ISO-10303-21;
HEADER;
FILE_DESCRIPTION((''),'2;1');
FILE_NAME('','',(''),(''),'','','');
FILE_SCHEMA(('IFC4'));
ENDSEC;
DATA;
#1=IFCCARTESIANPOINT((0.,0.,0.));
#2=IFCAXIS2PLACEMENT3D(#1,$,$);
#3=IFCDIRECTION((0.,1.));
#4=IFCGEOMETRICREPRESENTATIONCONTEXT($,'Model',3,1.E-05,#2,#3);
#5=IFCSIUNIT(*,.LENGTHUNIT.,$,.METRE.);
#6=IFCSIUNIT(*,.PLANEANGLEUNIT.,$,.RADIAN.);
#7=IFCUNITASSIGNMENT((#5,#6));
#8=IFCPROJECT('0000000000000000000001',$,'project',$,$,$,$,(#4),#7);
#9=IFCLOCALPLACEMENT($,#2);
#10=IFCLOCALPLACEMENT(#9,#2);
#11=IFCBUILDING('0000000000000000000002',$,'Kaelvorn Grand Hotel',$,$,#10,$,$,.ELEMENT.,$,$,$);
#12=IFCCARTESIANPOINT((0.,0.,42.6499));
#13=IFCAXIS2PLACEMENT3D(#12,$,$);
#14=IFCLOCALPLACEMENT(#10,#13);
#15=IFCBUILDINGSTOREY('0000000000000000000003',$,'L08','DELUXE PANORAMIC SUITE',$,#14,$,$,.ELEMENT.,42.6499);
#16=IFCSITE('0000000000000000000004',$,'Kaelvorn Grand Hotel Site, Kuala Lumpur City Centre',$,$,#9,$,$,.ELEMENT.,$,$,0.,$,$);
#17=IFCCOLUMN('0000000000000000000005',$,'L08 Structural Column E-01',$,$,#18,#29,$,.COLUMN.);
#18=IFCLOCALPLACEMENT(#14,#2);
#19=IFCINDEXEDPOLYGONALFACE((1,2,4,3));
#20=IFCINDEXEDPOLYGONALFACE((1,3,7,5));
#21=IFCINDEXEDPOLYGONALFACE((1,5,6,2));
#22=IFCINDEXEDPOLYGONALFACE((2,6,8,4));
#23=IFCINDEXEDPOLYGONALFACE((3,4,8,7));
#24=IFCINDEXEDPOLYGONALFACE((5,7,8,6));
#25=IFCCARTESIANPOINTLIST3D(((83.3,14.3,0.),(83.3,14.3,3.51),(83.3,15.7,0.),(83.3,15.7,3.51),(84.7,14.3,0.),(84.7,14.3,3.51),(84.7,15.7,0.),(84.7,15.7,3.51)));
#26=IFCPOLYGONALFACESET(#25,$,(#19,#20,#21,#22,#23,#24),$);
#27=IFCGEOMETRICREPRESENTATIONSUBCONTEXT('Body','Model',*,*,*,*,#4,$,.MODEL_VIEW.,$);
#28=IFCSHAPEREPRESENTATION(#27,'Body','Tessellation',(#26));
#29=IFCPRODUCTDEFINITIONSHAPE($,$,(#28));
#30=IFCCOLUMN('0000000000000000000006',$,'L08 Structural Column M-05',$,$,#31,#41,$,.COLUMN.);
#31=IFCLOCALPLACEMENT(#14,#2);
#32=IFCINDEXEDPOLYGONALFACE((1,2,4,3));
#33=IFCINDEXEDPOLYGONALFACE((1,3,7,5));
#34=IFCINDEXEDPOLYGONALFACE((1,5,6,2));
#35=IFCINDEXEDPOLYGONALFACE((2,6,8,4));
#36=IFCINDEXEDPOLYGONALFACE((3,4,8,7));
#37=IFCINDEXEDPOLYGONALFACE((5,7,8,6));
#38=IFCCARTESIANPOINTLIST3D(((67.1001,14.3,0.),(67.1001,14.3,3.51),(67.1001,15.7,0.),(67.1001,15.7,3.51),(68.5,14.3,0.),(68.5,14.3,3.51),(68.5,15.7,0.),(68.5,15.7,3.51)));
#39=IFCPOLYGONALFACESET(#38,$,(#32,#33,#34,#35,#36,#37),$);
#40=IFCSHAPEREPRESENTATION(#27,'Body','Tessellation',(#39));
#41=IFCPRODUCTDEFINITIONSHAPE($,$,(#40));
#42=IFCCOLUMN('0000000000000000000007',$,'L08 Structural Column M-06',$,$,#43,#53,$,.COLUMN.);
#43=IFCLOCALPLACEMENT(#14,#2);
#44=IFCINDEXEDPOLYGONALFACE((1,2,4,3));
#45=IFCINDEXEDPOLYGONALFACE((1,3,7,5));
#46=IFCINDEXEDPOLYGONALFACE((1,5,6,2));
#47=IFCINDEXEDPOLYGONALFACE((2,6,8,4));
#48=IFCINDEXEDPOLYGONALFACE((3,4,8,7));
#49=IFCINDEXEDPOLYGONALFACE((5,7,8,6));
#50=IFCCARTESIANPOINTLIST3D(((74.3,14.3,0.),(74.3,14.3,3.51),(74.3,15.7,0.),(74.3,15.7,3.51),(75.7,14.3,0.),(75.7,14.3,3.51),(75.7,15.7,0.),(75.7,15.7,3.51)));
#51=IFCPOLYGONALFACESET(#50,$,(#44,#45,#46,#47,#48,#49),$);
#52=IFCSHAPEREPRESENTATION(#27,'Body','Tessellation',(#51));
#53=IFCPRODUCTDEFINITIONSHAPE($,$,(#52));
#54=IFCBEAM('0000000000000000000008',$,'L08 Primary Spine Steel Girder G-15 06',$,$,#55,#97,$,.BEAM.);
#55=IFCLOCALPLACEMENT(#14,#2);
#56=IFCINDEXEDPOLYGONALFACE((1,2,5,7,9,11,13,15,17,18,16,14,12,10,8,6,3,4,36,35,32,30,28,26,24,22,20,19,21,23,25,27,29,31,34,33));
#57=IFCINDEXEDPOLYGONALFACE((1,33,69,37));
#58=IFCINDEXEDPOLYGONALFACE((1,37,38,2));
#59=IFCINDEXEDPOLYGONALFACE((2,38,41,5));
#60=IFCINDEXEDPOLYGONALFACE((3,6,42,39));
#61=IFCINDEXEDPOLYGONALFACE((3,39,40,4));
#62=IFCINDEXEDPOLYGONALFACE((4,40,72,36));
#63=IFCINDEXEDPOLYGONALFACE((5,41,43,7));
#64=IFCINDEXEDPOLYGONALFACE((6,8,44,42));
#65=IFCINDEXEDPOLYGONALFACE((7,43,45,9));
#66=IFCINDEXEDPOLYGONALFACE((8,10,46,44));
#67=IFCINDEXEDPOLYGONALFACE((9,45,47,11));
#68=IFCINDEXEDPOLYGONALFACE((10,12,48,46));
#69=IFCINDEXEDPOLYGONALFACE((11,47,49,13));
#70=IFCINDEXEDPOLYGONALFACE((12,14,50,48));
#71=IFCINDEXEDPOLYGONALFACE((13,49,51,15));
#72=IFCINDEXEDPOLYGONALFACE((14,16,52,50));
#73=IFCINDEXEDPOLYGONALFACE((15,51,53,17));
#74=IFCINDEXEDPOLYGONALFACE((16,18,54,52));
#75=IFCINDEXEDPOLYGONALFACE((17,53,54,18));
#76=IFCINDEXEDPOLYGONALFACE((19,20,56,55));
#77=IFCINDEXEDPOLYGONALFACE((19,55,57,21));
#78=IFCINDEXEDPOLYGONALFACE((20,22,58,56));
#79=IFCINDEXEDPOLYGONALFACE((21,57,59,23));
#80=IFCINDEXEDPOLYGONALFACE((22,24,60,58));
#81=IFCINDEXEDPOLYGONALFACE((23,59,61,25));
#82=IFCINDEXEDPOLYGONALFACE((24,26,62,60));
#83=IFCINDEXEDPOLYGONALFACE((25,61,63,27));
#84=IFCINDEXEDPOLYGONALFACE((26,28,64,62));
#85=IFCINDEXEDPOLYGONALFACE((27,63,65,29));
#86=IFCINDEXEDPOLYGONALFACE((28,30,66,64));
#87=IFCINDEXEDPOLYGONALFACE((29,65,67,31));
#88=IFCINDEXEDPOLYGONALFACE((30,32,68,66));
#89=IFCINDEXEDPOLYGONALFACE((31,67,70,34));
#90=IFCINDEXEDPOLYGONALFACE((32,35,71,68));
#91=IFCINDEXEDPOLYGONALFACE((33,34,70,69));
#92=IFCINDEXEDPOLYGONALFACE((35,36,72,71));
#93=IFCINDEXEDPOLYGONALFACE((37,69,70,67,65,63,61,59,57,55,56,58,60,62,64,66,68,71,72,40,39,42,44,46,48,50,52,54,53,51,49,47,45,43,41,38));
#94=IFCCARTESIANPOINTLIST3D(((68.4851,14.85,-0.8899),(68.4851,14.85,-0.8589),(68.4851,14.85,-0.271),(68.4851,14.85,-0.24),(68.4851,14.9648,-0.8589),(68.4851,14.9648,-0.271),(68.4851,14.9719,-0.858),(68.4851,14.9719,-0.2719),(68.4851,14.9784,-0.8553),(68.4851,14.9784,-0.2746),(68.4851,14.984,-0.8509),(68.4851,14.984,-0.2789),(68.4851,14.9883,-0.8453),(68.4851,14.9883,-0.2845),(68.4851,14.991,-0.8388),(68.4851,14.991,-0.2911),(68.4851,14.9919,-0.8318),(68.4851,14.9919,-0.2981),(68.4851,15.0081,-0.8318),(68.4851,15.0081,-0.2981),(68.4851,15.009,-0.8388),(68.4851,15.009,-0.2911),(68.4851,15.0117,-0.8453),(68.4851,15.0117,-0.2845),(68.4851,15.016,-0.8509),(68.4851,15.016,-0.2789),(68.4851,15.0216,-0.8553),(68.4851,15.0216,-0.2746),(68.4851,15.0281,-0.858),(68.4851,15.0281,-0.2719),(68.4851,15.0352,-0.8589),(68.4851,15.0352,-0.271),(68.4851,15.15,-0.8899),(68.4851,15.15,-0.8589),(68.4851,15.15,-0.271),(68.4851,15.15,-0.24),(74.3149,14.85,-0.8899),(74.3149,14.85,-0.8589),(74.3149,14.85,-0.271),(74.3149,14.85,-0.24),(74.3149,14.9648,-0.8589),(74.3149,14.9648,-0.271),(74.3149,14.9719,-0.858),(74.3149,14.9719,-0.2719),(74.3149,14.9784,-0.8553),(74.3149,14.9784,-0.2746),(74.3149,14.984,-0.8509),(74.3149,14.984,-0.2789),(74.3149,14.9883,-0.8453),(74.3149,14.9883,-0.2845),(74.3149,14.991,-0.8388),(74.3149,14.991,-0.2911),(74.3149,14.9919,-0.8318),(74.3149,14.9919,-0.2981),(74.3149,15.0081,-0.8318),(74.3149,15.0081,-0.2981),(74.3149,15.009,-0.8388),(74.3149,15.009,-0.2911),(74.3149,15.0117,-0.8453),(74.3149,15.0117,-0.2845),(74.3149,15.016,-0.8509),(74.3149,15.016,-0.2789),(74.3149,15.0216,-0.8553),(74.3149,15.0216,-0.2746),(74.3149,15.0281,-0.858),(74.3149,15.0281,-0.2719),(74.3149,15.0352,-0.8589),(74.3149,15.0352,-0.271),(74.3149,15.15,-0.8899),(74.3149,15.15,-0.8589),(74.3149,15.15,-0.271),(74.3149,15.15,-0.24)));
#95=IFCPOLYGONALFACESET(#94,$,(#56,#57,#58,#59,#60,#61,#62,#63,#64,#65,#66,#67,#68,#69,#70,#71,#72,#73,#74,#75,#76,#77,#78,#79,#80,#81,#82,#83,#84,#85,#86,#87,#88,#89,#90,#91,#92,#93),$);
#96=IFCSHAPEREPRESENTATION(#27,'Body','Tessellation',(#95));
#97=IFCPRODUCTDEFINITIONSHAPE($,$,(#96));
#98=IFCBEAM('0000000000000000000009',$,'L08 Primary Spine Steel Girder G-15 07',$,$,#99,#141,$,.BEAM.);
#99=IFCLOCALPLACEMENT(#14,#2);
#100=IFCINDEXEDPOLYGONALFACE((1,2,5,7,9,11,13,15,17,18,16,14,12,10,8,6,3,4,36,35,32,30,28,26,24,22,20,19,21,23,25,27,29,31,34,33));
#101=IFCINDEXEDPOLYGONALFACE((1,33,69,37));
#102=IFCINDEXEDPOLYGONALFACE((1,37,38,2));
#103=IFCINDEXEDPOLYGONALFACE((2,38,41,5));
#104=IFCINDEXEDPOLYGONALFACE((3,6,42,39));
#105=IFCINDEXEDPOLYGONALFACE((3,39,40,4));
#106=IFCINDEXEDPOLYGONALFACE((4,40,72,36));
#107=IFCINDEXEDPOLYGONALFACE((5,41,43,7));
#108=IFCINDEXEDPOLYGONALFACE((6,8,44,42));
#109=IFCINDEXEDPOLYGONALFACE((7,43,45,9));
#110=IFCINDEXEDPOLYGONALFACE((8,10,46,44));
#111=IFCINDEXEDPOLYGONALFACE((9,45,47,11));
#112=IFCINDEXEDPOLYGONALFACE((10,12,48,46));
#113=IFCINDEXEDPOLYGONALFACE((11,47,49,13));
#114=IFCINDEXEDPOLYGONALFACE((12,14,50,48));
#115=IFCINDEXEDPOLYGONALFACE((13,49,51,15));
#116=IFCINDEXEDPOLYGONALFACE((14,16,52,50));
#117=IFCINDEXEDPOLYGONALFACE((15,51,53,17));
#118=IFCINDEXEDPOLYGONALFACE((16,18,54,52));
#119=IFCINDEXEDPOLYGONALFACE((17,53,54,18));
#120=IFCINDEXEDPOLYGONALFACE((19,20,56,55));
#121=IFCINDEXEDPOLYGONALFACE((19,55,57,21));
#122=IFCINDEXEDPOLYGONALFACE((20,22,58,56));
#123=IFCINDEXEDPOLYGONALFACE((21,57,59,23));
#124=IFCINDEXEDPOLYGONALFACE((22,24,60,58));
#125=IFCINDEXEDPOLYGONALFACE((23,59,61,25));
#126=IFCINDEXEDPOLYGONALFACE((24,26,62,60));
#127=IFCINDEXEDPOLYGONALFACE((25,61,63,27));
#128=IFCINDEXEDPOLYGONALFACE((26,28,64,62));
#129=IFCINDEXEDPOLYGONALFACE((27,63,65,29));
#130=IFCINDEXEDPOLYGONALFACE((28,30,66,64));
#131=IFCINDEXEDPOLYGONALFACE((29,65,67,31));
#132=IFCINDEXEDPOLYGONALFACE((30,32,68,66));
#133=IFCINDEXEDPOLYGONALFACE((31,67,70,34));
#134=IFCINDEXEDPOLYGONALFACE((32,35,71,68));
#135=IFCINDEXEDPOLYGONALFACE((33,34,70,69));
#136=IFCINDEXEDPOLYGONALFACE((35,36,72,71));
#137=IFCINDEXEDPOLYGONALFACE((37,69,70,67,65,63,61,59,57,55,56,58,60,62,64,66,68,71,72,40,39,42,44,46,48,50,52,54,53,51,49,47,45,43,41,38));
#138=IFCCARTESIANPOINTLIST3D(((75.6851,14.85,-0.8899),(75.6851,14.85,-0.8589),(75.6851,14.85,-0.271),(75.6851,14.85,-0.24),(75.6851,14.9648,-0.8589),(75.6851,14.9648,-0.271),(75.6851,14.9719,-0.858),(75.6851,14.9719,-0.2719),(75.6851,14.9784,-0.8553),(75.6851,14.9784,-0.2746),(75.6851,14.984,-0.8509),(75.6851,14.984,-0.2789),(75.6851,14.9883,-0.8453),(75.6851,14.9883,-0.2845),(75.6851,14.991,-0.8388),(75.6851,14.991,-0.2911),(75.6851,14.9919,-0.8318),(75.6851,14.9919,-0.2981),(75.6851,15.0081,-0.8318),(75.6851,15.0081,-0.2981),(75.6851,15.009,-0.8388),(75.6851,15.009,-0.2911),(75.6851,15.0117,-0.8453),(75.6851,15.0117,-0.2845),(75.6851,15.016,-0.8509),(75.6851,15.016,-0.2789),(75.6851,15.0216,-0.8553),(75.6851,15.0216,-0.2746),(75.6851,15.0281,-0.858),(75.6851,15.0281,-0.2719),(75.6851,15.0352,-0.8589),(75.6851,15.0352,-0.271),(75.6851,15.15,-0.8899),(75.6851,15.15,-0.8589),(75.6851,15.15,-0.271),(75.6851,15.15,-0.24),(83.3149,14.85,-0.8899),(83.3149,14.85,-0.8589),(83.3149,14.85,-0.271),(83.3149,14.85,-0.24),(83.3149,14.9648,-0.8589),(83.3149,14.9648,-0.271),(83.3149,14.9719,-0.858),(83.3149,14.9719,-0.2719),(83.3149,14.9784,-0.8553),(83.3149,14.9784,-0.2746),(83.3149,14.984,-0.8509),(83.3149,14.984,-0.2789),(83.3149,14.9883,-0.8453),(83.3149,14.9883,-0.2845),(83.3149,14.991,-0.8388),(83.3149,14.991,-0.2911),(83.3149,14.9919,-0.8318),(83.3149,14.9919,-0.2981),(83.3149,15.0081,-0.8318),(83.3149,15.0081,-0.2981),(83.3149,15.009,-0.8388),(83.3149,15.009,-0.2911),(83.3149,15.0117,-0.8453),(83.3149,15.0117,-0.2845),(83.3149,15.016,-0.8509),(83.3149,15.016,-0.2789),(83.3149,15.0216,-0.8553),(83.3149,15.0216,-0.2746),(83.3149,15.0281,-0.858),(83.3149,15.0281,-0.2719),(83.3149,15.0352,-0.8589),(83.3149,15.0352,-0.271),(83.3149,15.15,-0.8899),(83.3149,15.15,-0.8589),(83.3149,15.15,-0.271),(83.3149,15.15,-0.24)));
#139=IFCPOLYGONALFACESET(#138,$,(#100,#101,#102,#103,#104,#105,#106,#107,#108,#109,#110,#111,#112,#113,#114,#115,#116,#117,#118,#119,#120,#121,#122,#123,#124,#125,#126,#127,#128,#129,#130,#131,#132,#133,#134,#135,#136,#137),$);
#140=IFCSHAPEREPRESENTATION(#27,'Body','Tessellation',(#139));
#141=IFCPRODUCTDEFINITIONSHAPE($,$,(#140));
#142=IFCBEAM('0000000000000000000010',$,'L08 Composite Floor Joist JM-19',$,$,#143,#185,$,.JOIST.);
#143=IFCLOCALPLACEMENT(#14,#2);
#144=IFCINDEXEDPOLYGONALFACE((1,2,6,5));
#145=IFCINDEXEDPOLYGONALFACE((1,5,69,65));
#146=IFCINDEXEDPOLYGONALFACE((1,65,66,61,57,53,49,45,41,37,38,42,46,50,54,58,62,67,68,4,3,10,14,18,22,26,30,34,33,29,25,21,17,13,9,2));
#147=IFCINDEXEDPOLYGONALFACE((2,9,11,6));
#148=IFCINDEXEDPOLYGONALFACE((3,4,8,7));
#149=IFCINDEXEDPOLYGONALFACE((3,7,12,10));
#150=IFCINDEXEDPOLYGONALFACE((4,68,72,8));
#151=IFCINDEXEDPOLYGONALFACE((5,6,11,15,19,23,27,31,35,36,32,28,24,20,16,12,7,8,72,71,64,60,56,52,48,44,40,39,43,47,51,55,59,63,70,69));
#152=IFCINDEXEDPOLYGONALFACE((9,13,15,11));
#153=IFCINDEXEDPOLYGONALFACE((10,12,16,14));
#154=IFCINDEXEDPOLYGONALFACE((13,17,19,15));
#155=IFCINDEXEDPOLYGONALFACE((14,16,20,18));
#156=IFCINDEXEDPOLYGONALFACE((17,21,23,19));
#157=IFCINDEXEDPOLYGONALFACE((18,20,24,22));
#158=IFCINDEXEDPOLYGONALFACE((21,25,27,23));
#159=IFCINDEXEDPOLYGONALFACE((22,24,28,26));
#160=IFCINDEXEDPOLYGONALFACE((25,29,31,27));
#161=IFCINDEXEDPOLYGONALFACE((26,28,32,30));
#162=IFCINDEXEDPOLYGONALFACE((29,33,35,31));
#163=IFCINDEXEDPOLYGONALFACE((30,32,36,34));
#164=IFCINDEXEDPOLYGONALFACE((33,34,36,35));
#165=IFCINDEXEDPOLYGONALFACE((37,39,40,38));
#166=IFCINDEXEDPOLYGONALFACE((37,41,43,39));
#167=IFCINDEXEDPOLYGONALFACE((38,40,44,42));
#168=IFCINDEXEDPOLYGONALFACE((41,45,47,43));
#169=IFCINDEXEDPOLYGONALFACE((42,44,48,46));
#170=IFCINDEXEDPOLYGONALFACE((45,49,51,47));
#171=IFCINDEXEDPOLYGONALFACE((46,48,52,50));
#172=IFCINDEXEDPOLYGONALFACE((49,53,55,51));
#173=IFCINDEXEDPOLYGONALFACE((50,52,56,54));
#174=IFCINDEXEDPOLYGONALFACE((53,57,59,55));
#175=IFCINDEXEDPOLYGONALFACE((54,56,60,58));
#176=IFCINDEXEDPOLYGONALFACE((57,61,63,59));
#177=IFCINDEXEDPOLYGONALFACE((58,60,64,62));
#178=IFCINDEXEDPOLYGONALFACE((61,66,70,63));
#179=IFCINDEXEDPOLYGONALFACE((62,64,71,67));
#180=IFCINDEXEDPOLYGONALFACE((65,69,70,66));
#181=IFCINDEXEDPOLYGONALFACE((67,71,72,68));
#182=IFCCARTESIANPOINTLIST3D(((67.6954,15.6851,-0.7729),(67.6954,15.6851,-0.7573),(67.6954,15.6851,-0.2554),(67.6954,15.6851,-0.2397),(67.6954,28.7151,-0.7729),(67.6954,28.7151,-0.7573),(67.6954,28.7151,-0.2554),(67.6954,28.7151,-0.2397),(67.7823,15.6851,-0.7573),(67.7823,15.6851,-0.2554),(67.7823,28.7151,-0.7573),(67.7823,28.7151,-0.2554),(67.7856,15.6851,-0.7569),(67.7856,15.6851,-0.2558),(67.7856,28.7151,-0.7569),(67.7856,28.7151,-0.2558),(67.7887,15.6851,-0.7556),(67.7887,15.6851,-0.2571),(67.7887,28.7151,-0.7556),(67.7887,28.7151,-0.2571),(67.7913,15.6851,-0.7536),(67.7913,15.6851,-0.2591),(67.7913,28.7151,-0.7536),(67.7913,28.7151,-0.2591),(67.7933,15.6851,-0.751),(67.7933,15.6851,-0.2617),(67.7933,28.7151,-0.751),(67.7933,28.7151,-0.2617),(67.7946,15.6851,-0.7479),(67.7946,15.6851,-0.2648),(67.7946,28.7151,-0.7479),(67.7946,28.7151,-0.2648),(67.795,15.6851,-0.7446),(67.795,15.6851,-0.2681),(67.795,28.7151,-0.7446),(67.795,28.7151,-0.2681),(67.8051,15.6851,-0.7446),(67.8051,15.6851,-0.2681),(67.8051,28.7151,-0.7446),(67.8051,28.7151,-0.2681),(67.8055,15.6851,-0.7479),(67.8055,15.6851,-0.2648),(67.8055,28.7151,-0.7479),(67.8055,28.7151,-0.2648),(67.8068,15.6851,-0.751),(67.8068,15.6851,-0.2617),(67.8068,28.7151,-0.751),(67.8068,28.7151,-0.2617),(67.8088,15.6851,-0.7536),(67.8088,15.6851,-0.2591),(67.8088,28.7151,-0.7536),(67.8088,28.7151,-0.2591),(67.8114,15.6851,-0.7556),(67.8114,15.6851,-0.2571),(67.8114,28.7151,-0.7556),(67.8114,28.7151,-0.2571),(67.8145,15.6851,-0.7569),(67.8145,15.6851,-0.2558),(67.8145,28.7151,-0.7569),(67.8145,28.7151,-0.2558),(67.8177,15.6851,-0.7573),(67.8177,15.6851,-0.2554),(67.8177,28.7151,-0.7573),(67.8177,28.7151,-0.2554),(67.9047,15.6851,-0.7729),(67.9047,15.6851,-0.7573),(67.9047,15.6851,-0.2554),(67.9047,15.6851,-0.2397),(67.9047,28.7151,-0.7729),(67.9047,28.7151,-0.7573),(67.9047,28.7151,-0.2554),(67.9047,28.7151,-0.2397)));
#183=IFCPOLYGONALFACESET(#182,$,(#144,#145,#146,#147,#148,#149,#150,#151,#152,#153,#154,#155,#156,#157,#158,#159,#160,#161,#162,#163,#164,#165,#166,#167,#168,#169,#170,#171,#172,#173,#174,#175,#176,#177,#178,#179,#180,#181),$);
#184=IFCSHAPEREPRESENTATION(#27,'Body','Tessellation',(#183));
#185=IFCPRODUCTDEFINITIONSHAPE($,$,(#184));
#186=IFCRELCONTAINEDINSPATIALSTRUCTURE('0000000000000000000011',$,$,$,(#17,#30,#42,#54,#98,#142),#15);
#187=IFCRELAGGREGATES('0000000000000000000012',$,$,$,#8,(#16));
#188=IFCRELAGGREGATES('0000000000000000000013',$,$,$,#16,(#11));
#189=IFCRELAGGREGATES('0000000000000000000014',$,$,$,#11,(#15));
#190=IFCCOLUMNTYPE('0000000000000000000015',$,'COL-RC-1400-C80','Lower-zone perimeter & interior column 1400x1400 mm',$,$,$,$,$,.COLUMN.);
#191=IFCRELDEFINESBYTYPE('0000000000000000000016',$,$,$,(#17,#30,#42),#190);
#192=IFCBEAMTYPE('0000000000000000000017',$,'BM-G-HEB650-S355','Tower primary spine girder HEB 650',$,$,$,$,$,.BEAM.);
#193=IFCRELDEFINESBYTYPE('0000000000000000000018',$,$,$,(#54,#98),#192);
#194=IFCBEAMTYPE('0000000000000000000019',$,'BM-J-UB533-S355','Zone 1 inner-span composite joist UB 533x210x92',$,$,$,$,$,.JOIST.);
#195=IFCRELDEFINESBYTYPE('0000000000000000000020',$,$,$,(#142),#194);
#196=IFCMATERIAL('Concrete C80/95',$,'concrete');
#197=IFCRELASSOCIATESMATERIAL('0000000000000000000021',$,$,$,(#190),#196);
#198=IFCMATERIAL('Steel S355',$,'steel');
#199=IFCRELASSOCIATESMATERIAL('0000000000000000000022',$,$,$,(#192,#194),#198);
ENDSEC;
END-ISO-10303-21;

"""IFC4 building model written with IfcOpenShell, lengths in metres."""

from ifc_helpers import new_model, si_unit, direction, frame, origin, origin_2d, place, context, subcontext, project, spatial, rectangle, i_section, extrude, material, material_profile, profile_set, type_object, element, save


model = new_model("IFC4")

# Units and contexts
model_context = context("Model", 3, precision=1e-05, world=origin(), true_north=direction((0.0, 1.0)))
body_context = subcontext(model_context, "Body", "Model", "MODEL_VIEW")
ifc_project = project(units=[si_unit("LENGTHUNIT", "METRE"), si_unit("PLANEANGLEUNIT", "RADIAN")], contexts=[model_context])

# Site, building, storey
site_placement = place(None, origin())
site = spatial("IfcSite", under=ifc_project, at=site_placement, Name="Kaelvorn Grand Hotel Site, Kuala Lumpur City Centre", CompositionType="ELEMENT", RefElevation=0.0)
building_placement = place(site_placement, origin())
building = spatial("IfcBuilding", under=site, at=building_placement, Name="Kaelvorn Grand Hotel", CompositionType="ELEMENT")
storey_placement = place(building_placement, frame((0.0, 0.0, 42.6499)))
storey = spatial("IfcBuildingStorey", under=building, at=storey_placement, Name="L08", Description="DELUXE PANORAMIC SUITE", CompositionType="ELEMENT", Elevation=42.6499)

# Columns
ifc_material_1 = material(Name="Concrete C80/95", Category="concrete")
ifc_material_profile_1 = material_profile(ifc_material_1, rectangle(XDim=1.3999, YDim=1.3999, at=origin_2d()), Name="RC COL 1400x1400")
ifc_profile_set_1 = profile_set([ifc_material_profile_1], Name="Concrete C80/95")
column_type = type_object("IfcColumnType", Name="COL-RC-1400-C80", Description="Lower-zone perimeter & interior column 1400x1400 mm", PredefinedType="COLUMN", material=ifc_profile_set_1)
for number, where, z_axis, x_axis, name in (
    (1, (84.0, 15.0, 0.0), (0.0, 0.0, 1.0), (1.0, 0.0, 0.0), "L08 Structural Column E-01"),
    (2, (67.8, 15.0, 0.0), (0.0, 0.0, 1.0), (1.0, 0.0, 0.0), "L08 Structural Column M-05"),
    (3, (75.0, 15.0, 0.0), (0.0, 0.0, 1.0), (1.0, 0.0, 0.0), "L08 Structural Column M-06"),
):
    element("IfcColumn", number, at=place(storey_placement, frame(where, z_axis=z_axis, x_axis=x_axis)), inside=storey, type_object=column_type, Name=name, PredefinedType="COLUMN", context=body_context, shape_type="SweptSolid", body=[
        extrude(rectangle(XDim=1.3999, YDim=1.3999, at=origin_2d()), origin(), (0.0, 0.0, 1.0), 3.51),
    ])

# Beams
ifc_material_2 = material(Name="Steel S355", Category="steel")
ifc_material_profile_2 = material_profile(ifc_material_2, i_section(OverallWidth=0.3, OverallDepth=0.6499, WebThickness=0.0161, FlangeThickness=0.031, FilletRadius=0.0271, at=origin_2d()), Name="HEB 650")
ifc_profile_set_2 = profile_set([ifc_material_profile_2], Name="Steel S355")
beam_type_1 = type_object("IfcBeamType", Name="BM-G-HEB650-S355", Description="Tower primary spine girder HEB 650", PredefinedType="BEAM", material=ifc_profile_set_2)
beam_1_placement = place(storey_placement, frame((68.4851, 15.0, -0.5649), z_axis=(1.0, 0.0, 0.0), x_axis=(0.0, 1.0, 0.0)))
element("IfcBeam", 4, at=beam_1_placement, inside=storey, type_object=beam_type_1, Name="L08 Primary Spine Steel Girder G-15 06", PredefinedType="BEAM", context=body_context, shape_type="SweptSolid", body=[
    extrude(i_section(OverallWidth=0.3, OverallDepth=0.6499, WebThickness=0.0161, FlangeThickness=0.031, FilletRadius=0.0271, at=origin_2d()), origin(), (0.0, 0.0, 1.0), 5.8298),
])
beam_2_placement = place(storey_placement, frame((75.6851, 15.0, -0.5649), z_axis=(1.0, 0.0, 0.0), x_axis=(0.0, 1.0, 0.0)))
element("IfcBeam", 5, at=beam_2_placement, inside=storey, type_object=beam_type_1, Name="L08 Primary Spine Steel Girder G-15 07", PredefinedType="BEAM", context=body_context, shape_type="SweptSolid", body=[
    extrude(i_section(OverallWidth=0.3, OverallDepth=0.6499, WebThickness=0.0161, FlangeThickness=0.031, FilletRadius=0.0271, at=origin_2d()), origin(), (0.0, 0.0, 1.0), 7.6299),
])
ifc_material_profile_3 = material_profile(ifc_material_2, i_section(OverallWidth=0.2092, OverallDepth=0.5332, WebThickness=0.01, FlangeThickness=0.0156, FilletRadius=0.0127, at=origin_2d()), Name="UB 533x210x92")
ifc_profile_set_3 = profile_set([ifc_material_profile_3], Name="Steel S355")
beam_type_2 = type_object("IfcBeamType", Name="BM-J-UB533-S355", Description="Zone 1 inner-span composite joist UB 533x210x92", PredefinedType="JOIST", material=ifc_profile_set_3)
beam_3_placement = place(storey_placement, frame((67.8, 15.6851, -0.5063), z_axis=(0.0, 1.0, 0.0), x_axis=(-1.0, 0.0, 0.0)))
element("IfcBeam", 6, at=beam_3_placement, inside=storey, type_object=beam_type_2, Name="L08 Composite Floor Joist JM-19", PredefinedType="JOIST", context=body_context, shape_type="SweptSolid", body=[
    extrude(i_section(OverallWidth=0.2092, OverallDepth=0.5332, WebThickness=0.01, FlangeThickness=0.0156, FilletRadius=0.0127, at=origin_2d()), origin(), (0.0, 0.0, 1.0), 13.03),
])

save(model, "model.ifc")
